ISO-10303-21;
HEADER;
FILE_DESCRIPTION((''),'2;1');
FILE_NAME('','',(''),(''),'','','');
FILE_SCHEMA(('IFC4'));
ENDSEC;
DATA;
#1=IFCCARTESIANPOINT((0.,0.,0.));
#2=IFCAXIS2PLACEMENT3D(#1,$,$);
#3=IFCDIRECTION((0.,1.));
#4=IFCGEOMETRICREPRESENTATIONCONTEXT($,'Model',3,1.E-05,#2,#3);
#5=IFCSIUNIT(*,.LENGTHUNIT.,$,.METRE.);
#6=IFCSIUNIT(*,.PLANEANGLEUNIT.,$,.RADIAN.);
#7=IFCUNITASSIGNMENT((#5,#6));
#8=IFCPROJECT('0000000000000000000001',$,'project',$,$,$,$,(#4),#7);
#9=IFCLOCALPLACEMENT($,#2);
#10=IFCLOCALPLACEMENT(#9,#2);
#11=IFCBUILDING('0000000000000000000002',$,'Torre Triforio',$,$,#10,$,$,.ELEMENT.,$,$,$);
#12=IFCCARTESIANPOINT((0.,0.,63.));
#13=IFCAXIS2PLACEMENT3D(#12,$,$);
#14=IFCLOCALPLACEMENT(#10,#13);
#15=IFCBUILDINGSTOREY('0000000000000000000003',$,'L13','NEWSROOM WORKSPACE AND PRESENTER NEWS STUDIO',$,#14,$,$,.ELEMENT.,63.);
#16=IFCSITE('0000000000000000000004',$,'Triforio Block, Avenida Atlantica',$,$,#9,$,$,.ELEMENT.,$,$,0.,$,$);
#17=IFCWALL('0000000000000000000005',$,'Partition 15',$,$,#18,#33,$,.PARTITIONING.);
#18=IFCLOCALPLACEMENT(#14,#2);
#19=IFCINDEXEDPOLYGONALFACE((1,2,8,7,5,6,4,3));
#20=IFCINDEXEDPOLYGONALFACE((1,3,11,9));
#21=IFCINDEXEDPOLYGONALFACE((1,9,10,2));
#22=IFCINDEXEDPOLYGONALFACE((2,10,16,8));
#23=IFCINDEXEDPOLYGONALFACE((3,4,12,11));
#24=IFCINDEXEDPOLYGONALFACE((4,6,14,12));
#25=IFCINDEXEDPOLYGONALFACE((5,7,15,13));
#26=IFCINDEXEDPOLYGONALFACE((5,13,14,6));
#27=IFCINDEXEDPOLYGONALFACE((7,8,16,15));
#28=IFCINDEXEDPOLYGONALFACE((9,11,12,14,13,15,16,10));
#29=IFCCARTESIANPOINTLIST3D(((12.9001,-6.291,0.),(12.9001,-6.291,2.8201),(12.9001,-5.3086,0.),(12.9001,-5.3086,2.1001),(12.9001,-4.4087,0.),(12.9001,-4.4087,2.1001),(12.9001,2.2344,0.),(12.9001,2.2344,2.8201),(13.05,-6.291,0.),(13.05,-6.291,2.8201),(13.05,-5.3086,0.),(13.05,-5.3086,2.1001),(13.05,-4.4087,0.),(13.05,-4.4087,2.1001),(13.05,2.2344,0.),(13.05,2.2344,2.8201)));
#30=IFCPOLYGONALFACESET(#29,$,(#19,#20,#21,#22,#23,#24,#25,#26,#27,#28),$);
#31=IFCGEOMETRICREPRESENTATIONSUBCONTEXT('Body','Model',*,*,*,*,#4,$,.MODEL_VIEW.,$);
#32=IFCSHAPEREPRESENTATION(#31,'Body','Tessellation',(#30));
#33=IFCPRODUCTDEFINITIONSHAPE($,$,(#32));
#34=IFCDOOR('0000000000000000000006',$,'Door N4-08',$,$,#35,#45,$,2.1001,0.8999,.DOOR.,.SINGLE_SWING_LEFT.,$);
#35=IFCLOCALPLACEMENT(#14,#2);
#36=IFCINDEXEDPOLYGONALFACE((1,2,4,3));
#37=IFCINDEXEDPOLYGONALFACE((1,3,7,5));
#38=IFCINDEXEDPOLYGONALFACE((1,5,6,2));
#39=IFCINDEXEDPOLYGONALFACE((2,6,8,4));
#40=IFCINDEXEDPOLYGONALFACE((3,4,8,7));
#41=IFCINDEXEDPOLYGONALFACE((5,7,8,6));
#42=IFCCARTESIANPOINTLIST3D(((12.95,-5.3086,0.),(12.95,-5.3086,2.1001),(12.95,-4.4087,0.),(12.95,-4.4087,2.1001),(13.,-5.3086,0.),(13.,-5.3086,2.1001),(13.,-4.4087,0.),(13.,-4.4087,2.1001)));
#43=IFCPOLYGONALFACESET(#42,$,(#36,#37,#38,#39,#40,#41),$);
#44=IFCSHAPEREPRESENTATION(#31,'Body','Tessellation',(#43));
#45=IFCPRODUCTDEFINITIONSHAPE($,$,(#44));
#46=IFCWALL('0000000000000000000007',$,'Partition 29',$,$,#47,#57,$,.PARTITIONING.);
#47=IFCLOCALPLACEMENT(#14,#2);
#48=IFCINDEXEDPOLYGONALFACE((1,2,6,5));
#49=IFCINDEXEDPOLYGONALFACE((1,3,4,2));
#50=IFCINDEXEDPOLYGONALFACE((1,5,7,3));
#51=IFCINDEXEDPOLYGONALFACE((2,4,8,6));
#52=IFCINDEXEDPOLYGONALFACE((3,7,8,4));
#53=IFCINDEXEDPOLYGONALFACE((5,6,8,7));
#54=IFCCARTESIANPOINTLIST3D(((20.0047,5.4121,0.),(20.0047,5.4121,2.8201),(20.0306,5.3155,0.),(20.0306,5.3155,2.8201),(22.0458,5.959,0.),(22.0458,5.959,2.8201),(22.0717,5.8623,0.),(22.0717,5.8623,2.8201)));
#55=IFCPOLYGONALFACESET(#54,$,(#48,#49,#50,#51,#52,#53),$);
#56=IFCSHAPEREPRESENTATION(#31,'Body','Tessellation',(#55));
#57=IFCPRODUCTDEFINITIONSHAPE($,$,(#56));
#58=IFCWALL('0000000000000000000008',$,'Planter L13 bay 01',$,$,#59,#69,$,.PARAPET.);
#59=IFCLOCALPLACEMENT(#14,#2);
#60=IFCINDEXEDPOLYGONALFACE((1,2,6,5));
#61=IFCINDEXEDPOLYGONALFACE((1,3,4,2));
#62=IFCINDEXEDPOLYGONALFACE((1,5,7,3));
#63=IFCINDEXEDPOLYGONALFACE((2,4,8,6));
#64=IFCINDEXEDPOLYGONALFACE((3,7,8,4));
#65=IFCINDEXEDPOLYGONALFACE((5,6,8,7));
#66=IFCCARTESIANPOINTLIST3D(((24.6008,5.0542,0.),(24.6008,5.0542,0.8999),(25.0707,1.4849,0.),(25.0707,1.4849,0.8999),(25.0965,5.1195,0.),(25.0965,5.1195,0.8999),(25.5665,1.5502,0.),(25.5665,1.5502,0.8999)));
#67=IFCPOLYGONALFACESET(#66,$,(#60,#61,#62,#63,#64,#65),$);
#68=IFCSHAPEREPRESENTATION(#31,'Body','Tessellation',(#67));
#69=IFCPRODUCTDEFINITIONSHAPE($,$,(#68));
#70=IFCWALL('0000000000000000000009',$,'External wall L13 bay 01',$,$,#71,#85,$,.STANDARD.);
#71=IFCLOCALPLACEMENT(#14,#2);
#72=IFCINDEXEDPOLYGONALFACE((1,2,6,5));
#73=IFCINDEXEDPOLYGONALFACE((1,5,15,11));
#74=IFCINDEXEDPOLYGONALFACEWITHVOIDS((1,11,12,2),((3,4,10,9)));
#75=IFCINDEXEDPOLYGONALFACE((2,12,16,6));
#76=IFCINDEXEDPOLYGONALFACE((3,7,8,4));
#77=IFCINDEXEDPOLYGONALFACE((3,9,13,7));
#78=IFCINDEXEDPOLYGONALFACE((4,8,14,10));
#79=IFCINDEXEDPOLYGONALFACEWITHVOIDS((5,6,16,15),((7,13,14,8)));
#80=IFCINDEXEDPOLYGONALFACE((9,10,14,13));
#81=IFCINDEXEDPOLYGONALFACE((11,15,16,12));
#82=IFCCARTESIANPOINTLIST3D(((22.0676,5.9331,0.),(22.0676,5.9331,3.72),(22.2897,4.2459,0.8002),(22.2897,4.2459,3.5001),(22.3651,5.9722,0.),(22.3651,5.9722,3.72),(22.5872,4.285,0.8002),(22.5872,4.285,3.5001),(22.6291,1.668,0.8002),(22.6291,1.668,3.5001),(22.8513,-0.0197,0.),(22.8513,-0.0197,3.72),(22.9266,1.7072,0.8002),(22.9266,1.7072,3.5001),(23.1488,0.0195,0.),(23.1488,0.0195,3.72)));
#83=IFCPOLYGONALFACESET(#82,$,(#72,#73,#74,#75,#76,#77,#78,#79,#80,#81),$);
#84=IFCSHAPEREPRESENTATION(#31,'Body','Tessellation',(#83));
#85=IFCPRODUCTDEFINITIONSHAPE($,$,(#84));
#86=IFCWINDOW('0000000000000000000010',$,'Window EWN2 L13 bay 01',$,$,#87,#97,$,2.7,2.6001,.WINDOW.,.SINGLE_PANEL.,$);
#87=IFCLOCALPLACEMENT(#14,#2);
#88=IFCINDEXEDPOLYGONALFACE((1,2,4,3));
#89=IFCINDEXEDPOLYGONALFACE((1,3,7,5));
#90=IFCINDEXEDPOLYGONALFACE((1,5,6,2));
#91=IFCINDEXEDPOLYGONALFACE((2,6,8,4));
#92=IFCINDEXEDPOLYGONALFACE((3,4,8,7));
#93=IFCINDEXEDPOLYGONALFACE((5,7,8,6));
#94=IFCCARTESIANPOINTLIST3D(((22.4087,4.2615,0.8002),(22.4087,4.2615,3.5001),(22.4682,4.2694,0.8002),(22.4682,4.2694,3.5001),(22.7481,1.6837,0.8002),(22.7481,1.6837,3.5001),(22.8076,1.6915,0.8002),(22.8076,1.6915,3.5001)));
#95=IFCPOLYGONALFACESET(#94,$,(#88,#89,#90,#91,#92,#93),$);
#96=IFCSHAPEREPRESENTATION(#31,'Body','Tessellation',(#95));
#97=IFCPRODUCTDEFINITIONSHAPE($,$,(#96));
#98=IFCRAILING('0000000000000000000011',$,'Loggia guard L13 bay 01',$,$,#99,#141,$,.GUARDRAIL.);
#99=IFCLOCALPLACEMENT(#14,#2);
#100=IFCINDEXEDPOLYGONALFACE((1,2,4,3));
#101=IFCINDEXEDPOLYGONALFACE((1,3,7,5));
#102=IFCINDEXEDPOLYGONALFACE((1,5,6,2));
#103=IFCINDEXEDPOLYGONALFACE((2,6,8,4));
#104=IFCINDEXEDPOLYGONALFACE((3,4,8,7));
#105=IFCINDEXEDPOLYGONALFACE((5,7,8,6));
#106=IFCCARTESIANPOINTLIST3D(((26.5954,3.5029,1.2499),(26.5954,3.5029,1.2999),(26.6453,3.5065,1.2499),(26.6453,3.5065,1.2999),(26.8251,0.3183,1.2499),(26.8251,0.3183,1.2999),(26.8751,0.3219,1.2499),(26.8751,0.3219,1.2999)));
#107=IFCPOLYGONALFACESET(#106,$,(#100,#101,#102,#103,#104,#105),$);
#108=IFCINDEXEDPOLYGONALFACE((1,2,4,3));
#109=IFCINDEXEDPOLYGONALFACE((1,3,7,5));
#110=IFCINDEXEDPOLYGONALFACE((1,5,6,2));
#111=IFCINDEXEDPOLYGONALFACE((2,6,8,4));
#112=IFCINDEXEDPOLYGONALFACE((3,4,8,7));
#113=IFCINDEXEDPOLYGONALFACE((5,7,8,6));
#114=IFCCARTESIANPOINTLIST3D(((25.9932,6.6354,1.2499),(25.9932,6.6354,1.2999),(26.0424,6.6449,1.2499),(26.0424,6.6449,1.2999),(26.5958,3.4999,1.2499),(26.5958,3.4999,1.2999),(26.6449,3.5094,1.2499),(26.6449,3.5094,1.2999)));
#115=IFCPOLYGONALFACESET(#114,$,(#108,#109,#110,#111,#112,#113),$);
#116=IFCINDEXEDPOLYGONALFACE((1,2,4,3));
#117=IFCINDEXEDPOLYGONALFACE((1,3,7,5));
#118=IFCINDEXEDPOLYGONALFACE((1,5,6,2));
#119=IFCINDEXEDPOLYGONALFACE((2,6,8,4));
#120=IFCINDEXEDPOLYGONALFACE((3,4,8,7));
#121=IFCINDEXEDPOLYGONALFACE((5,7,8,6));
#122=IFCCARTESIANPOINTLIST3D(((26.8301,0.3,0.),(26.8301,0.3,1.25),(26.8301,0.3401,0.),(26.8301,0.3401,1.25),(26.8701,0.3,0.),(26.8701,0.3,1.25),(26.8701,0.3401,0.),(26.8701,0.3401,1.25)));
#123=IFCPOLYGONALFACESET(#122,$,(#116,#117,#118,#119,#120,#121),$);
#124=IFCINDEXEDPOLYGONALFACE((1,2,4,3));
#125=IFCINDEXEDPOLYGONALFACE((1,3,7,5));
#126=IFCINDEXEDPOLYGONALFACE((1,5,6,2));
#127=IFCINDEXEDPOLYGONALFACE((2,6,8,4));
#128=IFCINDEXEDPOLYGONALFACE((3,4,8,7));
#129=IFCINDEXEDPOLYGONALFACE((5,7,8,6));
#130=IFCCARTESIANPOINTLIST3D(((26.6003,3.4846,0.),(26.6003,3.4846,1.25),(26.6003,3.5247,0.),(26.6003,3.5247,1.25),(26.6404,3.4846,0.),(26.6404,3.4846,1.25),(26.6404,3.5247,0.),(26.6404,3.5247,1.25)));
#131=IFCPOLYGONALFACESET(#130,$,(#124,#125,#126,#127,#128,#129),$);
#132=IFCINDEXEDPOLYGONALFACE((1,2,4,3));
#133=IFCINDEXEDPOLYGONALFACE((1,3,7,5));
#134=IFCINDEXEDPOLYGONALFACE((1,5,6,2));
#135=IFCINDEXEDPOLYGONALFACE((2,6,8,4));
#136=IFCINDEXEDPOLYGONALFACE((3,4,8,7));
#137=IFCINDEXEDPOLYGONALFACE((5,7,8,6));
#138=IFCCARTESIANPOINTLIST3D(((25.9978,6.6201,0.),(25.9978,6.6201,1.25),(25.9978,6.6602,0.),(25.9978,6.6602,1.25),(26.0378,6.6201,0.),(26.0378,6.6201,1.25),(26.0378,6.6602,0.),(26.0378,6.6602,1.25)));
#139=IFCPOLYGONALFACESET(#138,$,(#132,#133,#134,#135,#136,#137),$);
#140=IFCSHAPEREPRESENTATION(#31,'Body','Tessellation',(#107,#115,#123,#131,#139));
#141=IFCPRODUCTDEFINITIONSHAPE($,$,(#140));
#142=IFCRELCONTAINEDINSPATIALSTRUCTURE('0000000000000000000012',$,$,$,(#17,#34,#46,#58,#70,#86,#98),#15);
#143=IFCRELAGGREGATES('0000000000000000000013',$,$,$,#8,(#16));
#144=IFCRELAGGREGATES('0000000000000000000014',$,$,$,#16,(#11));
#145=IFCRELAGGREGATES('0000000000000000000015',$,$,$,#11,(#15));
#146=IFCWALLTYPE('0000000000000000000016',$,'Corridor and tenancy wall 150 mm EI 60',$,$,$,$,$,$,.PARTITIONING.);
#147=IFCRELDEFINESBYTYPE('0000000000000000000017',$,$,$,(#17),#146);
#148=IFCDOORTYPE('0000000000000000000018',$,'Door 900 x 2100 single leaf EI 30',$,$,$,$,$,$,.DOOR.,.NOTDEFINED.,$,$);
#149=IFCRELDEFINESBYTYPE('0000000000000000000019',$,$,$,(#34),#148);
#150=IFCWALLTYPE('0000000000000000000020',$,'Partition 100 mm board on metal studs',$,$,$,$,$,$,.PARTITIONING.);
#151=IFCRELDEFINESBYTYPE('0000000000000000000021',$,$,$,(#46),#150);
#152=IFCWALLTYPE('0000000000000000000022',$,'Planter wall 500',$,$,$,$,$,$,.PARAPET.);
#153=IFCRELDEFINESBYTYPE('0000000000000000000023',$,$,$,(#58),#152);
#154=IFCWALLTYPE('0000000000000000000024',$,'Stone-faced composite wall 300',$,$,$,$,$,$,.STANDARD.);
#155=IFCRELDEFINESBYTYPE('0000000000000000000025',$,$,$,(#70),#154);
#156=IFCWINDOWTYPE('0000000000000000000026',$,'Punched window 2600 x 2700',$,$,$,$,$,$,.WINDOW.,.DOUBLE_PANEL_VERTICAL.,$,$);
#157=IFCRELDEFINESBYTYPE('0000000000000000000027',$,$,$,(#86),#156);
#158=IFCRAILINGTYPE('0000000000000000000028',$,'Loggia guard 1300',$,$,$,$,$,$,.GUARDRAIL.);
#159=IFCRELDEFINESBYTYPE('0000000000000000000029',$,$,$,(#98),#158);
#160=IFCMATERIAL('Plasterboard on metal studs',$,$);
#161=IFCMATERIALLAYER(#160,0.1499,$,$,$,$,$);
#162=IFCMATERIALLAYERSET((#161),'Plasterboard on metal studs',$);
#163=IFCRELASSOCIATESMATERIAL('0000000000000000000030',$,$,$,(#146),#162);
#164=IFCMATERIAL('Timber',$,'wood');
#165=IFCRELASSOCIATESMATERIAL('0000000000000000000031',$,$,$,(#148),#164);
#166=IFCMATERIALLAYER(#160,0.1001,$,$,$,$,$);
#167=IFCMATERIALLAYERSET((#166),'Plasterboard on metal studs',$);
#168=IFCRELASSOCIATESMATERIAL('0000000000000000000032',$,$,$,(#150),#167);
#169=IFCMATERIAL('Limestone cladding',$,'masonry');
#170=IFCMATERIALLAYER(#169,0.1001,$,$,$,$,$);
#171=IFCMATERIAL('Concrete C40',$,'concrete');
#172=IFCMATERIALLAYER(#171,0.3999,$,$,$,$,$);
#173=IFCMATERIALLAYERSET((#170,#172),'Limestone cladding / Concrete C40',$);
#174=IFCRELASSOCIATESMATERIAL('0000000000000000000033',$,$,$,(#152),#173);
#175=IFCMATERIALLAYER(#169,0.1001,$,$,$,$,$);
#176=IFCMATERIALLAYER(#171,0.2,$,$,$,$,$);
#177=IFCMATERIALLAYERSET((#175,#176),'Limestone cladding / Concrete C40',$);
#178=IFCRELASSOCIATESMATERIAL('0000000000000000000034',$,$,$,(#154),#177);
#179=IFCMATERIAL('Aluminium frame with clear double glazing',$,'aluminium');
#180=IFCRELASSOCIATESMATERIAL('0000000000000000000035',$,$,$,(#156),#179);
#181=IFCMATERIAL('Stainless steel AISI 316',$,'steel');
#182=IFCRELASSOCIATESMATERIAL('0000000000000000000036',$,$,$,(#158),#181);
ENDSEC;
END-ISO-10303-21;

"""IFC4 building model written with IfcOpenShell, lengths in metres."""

from ifc_helpers import new_model, si_unit, direction, frame, frame_2d, origin, origin_2d, place, context, subcontext, project, spatial, rectangle, extrude, material, layer, layer_set, type_object, element, fill, save


model = new_model("IFC4")

# Units and contexts
model_context = context("Model", 3, precision=1e-05, world=origin(), true_north=direction((0.0, 1.0)))
body_context = subcontext(model_context, "Body", "Model", "MODEL_VIEW")
ifc_project = project(units=[si_unit("LENGTHUNIT", "METRE"), si_unit("PLANEANGLEUNIT", "RADIAN")], contexts=[model_context])

# Site, building, storey
site_placement = place(None, origin())
site = spatial("IfcSite", under=ifc_project, at=site_placement, Name="Triforio Block, Avenida Atlantica", CompositionType="ELEMENT", RefElevation=0.0)
building_placement = place(site_placement, origin())
building = spatial("IfcBuilding", under=site, at=building_placement, Name="Torre Triforio", CompositionType="ELEMENT")
storey_placement = place(building_placement, frame((0.0, 0.0, 63.0)))
storey = spatial("IfcBuildingStorey", under=building, at=storey_placement, Name="L13", Description="NEWSROOM WORKSPACE AND PRESENTER NEWS STUDIO", CompositionType="ELEMENT", Elevation=63.0)

# Shared definitions
ifc_material_1 = material(Name="Plasterboard on metal studs")
ifc_layer_1 = layer(ifc_material_1, 0.1499)
ifc_layer_set_1 = layer_set([ifc_layer_1], Name="Plasterboard on metal studs")
wall_type_1 = type_object("IfcWallType", Name="Corridor and tenancy wall 150 mm EI 60", PredefinedType="PARTITIONING", material=ifc_layer_set_1)

# Shared definitions
ifc_material_2 = material(Name="Timber", Category="wood")
door_type_1 = type_object("IfcDoorType", Name="Door 900 x 2100 single leaf EI 30", OperationType="NOTDEFINED", PredefinedType="DOOR", material=ifc_material_2)

# Wall, opening, door
wall_1_placement = place(storey_placement, frame((12.9751, 2.2344, 0.0), z_axis=(0.0, 0.0, 1.0), x_axis=(0.0, -1.0, 0.0)))
wall_1 = element("IfcWall", 1, at=wall_1_placement, inside=storey, type_object=wall_type_1, Name="Partition 15", PredefinedType="PARTITIONING", context=body_context, shape_type="SweptSolid", body=[
    extrude(rectangle(XDim=8.5254, YDim=0.1499, at=frame_2d((4.2627, 0.0))), origin(), (0.0, 0.0, 1.0), 2.8201),
])
opening_1_placement = place(wall_1_placement, frame((6.6431, 0.0, 0.0)))
opening_1 = element("IfcOpeningElement", 2, at=opening_1_placement, cuts=wall_1, PredefinedType="OPENING", context=body_context, shape_type="SweptSolid", body=[
    extrude(rectangle(XDim=0.8999, YDim=2.1001, at=frame_2d((0.45, 1.05))), frame((0.0, 0.085, 0.0), z_axis=(0.0, -1.0, 0.0), x_axis=(1.0, 0.0, 0.0)), (0.0, 0.0, 1.0), 0.1699),
])
door_1_placement = place(opening_1_placement, origin())
door_1 = element("IfcDoor", 3, at=door_1_placement, inside=storey, type_object=door_type_1, Name="Door N4-08", OperationType="SINGLE_SWING_LEFT", OverallHeight=2.1001, OverallWidth=0.8999, PredefinedType="DOOR", context=body_context, shape_type="SweptSolid", body=[
    extrude(rectangle(XDim=0.8999, YDim=2.1001, at=frame_2d((0.45, 1.05))), frame((0.0, 0.0249, 0.0), z_axis=(0.0, -1.0, 0.0), x_axis=(1.0, 0.0, 0.0)), (0.0, 0.0, 1.0), 0.05),
])
fill(opening_1, door_1)

# Walls
ifc_layer_2 = layer(ifc_material_1, 0.1001)
ifc_layer_set_2 = layer_set([ifc_layer_2], Name="Plasterboard on metal studs")
wall_type_2 = type_object("IfcWallType", Name="Partition 100 mm board on metal studs", PredefinedType="PARTITIONING", material=ifc_layer_set_2)
wall_2_placement = place(storey_placement, frame((20.0176, 5.3638, 0.0), z_axis=(0.0, 0.0, 1.0), x_axis=(0.965927, 0.258813, 0.0)))
element("IfcWall", 4, at=wall_2_placement, inside=storey, type_object=wall_type_2, Name="Partition 29", PredefinedType="PARTITIONING", context=body_context, shape_type="SweptSolid", body=[
    extrude(rectangle(XDim=2.113, YDim=0.1001, at=frame_2d((1.0566, 0.0))), origin(), (0.0, 0.0, 1.0), 2.8201),
])
ifc_material_3 = material(Name="Limestone cladding", Category="masonry")
ifc_layer_3 = layer(ifc_material_3, 0.1001)
ifc_material_4 = material(Name="Concrete C40", Category="concrete")
ifc_layer_4 = layer(ifc_material_4, 0.3999)
ifc_layer_set_3 = layer_set([ifc_layer_3, ifc_layer_4], Name="Limestone cladding / Concrete C40")
wall_type_3 = type_object("IfcWallType", Name="Planter wall 500", PredefinedType="PARAPET", material=ifc_layer_set_3)
wall_3_placement = place(storey_placement, frame((25.3186, 1.5176, 0.0), z_axis=(0.0, 0.0, 1.0), x_axis=(-0.130542, 0.991443, 0.0)))
element("IfcWall", 5, at=wall_3_placement, inside=storey, type_object=wall_type_3, Name="Planter L13 bay 01", PredefinedType="PARAPET", context=body_context, shape_type="SweptSolid", body=[
    extrude(rectangle(XDim=3.6001, YDim=0.5, at=frame_2d((1.8, 0.0))), origin(), (0.0, 0.0, 1.0), 0.8999),
])

# Wall, opening, window
ifc_layer_5 = layer(ifc_material_3, 0.1001)
ifc_layer_6 = layer(ifc_material_4, 0.2)
ifc_layer_set_4 = layer_set([ifc_layer_5, ifc_layer_6], Name="Limestone cladding / Concrete C40")
wall_type_4 = type_object("IfcWallType", Name="Stone-faced composite wall 300", PredefinedType="STANDARD", material=ifc_layer_set_4)
wall_4_placement = place(storey_placement, frame((23.0, 0.0, 0.0), z_axis=(0.0, 0.0, 1.0), x_axis=(-0.130523, 0.991445, 0.0)))
wall_4 = element("IfcWall", 6, at=wall_4_placement, inside=storey, type_object=wall_type_4, Name="External wall L13 bay 01", PredefinedType="STANDARD", context=body_context, shape_type="SweptSolid", body=[
    extrude(rectangle(XDim=6.0042, YDim=0.3, at=frame_2d((3.002, 0.0))), origin(), (0.0, 0.0, 1.0), 3.72),
])
opening_2_placement = place(wall_4_placement, frame((1.7021, 0.0, 0.8)))
opening_2 = element("IfcOpeningElement", 7, at=opening_2_placement, cuts=wall_4, PredefinedType="OPENING", context=body_context, shape_type="SweptSolid", body=[
    extrude(rectangle(XDim=2.6001, YDim=2.7, at=frame_2d((1.3, 1.3501))), frame((0.0, 0.1599, 0.0), z_axis=(0.0, -1.0, 0.0), x_axis=(1.0, 0.0, 0.0)), (0.0, 0.0, 1.0), 0.3201),
])
ifc_material_5 = material(Name="Aluminium frame with clear double glazing", Category="aluminium")
window_type_1 = type_object("IfcWindowType", Name="Punched window 2600 x 2700", PartitioningType="DOUBLE_PANEL_VERTICAL", PredefinedType="WINDOW", material=ifc_material_5)
window_1_placement = place(opening_2_placement, origin())
window_1 = element("IfcWindow", 8, at=window_1_placement, inside=storey, type_object=window_type_1, Name="Window EWN2 L13 bay 01", OverallHeight=2.7, OverallWidth=2.6001, PartitioningType="SINGLE_PANEL", PredefinedType="WINDOW", context=body_context, shape_type="SweptSolid", body=[
    extrude(rectangle(XDim=2.6001, YDim=2.7, at=frame_2d((1.3, 1.3501))), frame((0.0, 0.03, 0.0), z_axis=(0.0, -1.0, 0.0), x_axis=(1.0, 0.0, 0.0)), (0.0, 0.0, 1.0), 0.0601),
])
fill(opening_2, window_1)

# Railing
ifc_material_6 = material(Name="Stainless steel AISI 316", Category="steel")
railing_type = type_object("IfcRailingType", Name="Loggia guard 1300", PredefinedType="GUARDRAIL", material=ifc_material_6)
railing_placement = place(storey_placement, frame((26.8501, 0.3201, 0.0)))
element("IfcRailing", 9, at=railing_placement, inside=storey, type_object=railing_type, Name="Loggia guard L13 bay 01", PredefinedType="GUARDRAIL", context=body_context, shape_type="SweptSolid", body=[
    extrude(rectangle(XDim=0.05, YDim=0.05, at=origin_2d()), frame((0.0, 0.0, 1.2749), z_axis=(-0.071953, 0.997408, 0.0), x_axis=(-0.997408, -0.071953, 0.0)), (0.0, 0.0, 1.0), 3.1929),
    extrude(rectangle(XDim=0.05, YDim=0.05, at=origin_2d()), frame((-0.2297, 3.1846, 1.2749), z_axis=(-0.188714, 0.982032, 0.0), x_axis=(-0.982032, -0.188714, 0.0)), (0.0, 0.0, 1.0), 3.1929),
    extrude(rectangle(XDim=0.04, YDim=0.04, at=origin_2d()), origin(), (0.0, 0.0, 1.0), 1.25),
    extrude(rectangle(XDim=0.04, YDim=0.04, at=origin_2d()), frame((-0.2297, 3.1846, 0.0)), (0.0, 0.0, 1.0), 1.25),
    extrude(rectangle(XDim=0.04, YDim=0.04, at=origin_2d()), frame((-0.8323, 6.3201, 0.0)), (0.0, 0.0, 1.0), 1.25),
])

save(model, "model.ifc")
